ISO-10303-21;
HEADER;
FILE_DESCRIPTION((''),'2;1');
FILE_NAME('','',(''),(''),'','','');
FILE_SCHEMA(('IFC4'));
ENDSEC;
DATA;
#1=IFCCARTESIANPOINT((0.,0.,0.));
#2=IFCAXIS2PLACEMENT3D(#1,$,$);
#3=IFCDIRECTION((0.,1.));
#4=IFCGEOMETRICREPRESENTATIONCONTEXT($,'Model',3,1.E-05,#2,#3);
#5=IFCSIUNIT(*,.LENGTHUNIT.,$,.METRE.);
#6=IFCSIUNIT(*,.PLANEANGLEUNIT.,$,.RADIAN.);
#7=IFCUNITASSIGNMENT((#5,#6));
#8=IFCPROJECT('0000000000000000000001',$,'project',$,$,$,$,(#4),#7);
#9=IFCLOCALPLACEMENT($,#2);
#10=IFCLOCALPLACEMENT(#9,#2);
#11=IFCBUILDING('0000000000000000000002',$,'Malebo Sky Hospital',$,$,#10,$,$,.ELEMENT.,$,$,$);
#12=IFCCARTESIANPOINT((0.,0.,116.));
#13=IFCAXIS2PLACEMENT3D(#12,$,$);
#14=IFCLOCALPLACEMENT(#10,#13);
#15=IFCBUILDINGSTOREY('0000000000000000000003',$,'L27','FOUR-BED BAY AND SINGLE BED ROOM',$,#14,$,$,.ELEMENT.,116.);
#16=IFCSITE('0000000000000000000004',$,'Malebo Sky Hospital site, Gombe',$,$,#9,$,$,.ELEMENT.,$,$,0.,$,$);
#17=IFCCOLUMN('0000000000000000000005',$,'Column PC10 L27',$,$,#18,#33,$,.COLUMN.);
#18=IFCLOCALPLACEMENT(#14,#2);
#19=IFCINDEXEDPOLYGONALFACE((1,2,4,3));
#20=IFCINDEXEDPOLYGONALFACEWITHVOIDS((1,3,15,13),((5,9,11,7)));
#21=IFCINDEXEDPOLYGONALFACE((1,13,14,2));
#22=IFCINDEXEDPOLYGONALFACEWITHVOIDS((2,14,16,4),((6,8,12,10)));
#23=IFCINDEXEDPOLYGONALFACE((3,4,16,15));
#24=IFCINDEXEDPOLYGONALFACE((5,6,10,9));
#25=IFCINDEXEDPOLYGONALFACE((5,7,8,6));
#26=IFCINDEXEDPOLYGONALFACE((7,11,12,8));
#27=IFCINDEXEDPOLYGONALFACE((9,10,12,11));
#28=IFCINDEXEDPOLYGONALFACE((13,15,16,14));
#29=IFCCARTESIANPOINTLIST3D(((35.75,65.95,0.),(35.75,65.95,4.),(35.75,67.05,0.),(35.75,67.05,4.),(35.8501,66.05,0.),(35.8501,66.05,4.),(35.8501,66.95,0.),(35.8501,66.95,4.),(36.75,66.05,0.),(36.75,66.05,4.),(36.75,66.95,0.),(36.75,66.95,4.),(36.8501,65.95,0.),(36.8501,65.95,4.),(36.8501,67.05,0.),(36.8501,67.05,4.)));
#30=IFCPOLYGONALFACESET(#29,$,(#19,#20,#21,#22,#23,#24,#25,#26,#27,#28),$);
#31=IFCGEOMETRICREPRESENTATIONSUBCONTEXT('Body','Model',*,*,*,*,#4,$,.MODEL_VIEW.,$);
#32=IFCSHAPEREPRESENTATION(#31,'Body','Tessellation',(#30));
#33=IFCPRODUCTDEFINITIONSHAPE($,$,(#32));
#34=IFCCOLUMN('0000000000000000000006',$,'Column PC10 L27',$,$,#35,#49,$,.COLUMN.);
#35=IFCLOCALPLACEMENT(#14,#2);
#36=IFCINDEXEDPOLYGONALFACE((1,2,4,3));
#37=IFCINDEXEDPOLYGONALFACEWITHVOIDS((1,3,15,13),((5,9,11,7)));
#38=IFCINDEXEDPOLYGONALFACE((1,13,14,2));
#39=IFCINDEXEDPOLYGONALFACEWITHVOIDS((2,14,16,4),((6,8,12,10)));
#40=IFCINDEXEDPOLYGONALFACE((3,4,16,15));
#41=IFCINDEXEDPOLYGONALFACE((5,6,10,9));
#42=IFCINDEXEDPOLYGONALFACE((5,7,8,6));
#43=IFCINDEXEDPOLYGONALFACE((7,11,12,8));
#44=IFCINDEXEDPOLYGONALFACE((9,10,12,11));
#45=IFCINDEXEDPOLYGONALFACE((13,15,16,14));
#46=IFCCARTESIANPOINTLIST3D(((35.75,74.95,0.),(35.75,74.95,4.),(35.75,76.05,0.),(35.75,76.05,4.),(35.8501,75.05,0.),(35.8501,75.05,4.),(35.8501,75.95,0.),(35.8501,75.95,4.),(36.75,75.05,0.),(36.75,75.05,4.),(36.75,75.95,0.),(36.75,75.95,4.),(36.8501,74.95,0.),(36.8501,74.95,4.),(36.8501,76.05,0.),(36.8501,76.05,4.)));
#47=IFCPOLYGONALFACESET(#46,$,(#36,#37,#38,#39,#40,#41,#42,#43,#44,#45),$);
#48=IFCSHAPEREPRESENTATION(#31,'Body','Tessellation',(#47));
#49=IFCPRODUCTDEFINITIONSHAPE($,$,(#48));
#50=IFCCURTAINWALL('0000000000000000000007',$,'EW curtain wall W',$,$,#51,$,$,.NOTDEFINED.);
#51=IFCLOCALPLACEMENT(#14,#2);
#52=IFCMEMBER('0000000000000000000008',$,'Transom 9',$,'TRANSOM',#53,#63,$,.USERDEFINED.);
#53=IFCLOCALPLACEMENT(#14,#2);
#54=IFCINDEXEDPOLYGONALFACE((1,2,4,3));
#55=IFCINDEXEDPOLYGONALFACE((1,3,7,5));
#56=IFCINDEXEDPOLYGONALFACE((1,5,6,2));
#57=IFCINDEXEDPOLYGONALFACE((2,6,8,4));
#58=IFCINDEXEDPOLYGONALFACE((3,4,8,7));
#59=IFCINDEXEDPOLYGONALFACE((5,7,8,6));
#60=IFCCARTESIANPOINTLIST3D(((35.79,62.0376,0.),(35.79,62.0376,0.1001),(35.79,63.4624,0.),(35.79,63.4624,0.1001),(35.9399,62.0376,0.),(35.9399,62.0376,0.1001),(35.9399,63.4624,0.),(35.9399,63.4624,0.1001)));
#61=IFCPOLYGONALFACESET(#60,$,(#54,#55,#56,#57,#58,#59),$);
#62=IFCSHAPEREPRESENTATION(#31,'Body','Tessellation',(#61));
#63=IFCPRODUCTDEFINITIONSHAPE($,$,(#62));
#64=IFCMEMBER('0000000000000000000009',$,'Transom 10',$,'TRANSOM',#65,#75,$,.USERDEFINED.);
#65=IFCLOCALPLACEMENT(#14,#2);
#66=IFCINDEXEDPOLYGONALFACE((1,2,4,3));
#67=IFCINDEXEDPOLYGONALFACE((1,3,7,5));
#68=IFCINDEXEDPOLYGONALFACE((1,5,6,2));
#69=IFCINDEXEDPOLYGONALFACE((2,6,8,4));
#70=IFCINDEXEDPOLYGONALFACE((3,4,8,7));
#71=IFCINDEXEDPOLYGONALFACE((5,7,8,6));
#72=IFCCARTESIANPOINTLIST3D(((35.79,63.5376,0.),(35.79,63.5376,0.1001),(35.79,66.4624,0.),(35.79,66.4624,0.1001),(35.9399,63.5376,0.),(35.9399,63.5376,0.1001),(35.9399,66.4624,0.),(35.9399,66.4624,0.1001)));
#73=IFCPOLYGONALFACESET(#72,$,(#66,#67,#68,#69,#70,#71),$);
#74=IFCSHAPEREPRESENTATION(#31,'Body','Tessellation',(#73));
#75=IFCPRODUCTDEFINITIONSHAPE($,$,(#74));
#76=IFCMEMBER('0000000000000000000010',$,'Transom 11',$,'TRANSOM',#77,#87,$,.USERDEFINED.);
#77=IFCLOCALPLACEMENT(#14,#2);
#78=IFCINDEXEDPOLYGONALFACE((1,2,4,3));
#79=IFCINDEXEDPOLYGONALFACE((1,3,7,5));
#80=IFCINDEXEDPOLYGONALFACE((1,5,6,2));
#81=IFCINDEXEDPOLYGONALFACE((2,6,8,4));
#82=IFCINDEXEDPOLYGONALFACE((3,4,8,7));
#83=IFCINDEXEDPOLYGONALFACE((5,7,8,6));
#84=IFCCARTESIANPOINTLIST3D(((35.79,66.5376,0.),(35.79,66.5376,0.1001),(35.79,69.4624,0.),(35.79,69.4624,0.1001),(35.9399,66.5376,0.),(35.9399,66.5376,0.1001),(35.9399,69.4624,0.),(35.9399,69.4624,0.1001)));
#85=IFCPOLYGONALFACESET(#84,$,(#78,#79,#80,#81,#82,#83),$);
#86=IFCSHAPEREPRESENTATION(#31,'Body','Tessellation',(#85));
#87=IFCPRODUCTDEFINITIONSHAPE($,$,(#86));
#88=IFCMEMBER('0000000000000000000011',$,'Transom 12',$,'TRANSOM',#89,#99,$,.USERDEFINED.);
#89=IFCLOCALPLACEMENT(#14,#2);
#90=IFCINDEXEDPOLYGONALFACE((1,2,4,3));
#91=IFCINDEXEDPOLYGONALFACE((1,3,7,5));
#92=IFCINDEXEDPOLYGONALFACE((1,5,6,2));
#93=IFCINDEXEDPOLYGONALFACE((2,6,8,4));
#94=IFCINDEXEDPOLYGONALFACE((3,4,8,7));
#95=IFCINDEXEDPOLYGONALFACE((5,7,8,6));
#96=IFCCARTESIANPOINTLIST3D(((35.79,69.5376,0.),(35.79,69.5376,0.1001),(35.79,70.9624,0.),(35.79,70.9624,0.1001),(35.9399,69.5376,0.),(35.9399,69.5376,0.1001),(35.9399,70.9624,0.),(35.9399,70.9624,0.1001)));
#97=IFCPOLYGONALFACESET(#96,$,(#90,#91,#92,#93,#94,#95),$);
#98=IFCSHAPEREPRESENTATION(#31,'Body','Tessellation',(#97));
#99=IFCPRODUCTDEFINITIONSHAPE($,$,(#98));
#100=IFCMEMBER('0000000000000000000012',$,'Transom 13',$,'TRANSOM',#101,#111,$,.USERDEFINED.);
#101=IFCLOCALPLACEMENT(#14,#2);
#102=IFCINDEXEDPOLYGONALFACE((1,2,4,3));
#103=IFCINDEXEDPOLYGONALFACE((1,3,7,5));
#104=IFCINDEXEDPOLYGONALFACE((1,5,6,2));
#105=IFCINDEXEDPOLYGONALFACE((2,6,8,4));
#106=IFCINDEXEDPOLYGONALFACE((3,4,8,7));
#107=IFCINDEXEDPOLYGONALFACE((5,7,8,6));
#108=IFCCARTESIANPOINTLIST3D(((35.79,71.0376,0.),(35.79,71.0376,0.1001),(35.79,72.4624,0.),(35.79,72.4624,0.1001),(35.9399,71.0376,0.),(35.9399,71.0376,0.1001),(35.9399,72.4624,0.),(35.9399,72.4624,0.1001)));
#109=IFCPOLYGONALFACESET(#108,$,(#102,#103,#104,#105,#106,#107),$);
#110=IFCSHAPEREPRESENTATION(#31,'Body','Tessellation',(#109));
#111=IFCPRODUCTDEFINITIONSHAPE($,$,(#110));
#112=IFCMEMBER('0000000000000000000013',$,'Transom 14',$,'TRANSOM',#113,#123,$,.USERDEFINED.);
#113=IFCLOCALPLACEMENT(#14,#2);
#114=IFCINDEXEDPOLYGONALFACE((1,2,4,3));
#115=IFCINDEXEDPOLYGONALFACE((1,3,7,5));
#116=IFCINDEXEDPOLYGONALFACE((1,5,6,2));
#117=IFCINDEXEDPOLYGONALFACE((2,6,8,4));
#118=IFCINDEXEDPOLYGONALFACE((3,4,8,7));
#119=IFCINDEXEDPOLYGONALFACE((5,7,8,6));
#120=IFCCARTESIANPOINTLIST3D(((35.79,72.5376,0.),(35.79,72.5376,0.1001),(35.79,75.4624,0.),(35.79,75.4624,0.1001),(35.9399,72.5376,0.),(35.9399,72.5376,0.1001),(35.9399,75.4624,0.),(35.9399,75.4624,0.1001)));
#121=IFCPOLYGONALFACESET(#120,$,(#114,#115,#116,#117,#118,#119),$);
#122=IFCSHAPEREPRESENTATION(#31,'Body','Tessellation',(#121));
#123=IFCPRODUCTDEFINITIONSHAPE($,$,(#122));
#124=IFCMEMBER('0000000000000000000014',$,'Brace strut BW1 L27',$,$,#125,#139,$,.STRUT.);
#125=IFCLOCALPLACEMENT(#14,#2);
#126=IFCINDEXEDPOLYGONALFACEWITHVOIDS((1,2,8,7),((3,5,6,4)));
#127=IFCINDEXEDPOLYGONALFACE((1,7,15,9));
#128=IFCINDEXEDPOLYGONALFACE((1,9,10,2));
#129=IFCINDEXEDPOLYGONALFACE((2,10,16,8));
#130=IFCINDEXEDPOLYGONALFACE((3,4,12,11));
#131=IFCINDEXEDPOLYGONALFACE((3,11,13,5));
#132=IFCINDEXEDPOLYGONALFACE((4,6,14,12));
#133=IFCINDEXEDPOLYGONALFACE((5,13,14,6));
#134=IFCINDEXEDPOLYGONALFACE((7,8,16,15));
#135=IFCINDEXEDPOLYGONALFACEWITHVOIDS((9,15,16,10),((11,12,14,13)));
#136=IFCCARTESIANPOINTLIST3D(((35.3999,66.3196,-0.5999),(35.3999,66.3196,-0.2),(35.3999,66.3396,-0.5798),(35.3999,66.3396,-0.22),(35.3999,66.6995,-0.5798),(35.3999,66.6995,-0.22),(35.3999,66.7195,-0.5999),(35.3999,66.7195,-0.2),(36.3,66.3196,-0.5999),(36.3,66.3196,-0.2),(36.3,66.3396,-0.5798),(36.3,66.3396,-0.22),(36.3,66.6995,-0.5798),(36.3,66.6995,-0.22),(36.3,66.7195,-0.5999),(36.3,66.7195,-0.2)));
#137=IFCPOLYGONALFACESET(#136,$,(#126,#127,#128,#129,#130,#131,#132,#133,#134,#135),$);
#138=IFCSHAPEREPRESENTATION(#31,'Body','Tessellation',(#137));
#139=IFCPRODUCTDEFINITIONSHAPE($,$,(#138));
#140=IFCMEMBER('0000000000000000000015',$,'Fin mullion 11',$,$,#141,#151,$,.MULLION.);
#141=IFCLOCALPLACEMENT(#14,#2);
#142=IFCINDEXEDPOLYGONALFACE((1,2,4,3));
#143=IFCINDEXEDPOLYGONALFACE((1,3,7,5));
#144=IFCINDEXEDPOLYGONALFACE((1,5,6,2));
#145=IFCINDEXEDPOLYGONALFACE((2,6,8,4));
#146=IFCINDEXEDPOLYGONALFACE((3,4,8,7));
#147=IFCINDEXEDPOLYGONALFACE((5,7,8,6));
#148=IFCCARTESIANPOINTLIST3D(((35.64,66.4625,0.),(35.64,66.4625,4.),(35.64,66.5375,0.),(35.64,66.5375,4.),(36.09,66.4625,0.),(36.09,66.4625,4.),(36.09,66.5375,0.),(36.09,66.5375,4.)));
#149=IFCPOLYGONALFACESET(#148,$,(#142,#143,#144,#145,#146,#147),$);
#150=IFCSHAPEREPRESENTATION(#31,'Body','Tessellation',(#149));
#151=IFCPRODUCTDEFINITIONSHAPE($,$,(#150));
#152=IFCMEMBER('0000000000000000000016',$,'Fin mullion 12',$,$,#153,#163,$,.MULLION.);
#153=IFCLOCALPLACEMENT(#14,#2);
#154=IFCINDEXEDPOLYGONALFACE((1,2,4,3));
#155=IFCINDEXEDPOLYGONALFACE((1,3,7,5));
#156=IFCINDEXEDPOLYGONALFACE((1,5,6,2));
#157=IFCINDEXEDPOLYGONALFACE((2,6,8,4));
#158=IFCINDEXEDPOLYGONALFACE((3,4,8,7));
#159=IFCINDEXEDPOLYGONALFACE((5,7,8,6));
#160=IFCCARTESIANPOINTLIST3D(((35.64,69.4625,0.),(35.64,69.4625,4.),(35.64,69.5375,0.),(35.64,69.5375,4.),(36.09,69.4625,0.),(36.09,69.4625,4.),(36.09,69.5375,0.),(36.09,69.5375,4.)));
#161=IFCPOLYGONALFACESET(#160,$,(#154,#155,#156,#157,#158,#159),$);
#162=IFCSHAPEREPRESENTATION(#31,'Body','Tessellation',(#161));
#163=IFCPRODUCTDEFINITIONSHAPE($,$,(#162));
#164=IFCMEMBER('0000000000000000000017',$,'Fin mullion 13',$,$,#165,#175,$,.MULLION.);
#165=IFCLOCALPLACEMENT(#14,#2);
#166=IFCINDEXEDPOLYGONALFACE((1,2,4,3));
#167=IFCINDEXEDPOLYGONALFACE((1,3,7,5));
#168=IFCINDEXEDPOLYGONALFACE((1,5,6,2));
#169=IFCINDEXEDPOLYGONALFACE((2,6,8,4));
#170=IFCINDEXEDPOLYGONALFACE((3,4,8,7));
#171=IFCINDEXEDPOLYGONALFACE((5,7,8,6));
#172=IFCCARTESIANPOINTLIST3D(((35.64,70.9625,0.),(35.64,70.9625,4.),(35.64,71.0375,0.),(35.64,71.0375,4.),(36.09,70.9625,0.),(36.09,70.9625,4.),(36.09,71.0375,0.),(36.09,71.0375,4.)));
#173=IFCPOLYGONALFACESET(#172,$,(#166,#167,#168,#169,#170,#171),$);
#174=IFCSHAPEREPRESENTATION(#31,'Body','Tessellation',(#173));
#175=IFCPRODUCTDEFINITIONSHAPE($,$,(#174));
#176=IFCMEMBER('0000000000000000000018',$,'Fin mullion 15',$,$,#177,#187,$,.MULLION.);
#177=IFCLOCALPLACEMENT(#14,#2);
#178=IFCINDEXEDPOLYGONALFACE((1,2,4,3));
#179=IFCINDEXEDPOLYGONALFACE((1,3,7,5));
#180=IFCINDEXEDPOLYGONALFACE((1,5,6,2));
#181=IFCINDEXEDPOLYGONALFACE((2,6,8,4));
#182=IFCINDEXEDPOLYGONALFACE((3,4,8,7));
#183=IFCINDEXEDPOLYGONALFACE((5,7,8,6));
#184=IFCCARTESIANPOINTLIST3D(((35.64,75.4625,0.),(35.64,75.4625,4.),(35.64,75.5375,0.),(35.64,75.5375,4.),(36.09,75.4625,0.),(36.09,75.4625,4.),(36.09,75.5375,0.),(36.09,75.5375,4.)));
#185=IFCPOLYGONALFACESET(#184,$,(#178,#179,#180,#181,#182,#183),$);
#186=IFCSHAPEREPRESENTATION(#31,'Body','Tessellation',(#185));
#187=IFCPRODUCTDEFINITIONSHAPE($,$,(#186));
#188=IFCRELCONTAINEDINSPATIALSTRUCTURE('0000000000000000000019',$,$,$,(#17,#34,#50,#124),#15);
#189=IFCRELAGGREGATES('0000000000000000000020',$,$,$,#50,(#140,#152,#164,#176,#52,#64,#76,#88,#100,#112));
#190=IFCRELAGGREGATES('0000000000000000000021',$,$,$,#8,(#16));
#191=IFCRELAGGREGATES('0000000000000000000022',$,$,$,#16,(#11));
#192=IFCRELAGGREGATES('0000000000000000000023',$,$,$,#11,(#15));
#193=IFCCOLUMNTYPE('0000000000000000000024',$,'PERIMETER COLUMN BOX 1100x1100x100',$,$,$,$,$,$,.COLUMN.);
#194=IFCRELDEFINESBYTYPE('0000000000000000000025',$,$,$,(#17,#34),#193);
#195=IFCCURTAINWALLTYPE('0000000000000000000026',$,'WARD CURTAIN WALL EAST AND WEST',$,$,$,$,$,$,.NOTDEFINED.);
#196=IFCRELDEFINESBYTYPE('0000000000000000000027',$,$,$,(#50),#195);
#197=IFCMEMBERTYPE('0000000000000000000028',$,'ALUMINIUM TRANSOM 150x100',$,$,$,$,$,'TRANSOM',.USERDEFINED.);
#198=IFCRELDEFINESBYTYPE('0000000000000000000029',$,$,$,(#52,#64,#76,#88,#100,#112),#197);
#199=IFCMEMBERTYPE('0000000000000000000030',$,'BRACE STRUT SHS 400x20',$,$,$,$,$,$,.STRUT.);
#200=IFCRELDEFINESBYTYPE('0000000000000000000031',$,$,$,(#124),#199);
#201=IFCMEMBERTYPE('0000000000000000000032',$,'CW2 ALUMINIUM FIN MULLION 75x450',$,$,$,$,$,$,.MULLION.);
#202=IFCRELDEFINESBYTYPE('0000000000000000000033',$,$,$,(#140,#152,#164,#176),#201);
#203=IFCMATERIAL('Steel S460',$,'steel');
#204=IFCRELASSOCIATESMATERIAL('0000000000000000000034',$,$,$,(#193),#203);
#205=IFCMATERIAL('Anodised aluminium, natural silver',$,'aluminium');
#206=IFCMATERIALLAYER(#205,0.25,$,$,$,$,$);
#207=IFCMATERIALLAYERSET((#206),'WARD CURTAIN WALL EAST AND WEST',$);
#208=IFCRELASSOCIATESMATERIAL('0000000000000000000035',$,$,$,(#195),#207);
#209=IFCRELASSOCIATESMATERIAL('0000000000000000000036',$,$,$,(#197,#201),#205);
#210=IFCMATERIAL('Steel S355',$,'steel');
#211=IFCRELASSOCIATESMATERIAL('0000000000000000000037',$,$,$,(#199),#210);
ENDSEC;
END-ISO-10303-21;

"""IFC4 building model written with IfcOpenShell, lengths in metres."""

from ifc_helpers import new_model, si_unit, direction, frame, origin, origin_2d, place, context, subcontext, project, spatial, rectangle, hollow_rectangle, extrude, material, layer, layer_set, material_profile, profile_set, type_object, element, aggregate, save


model = new_model("IFC4")

# Units and contexts
model_context = context("Model", 3, precision=1e-05, world=origin(), true_north=direction((0.0, 1.0)))
body_context = subcontext(model_context, "Body", "Model", "MODEL_VIEW")
ifc_project = project(units=[si_unit("LENGTHUNIT", "METRE"), si_unit("PLANEANGLEUNIT", "RADIAN")], contexts=[model_context])

# Site, building, storey
site_placement = place(None, origin())
site = spatial("IfcSite", under=ifc_project, at=site_placement, Name="Malebo Sky Hospital site, Gombe", CompositionType="ELEMENT", RefElevation=0.0)
building_placement = place(site_placement, origin())
building = spatial("IfcBuilding", under=site, at=building_placement, Name="Malebo Sky Hospital", CompositionType="ELEMENT")
storey_placement = place(building_placement, frame((0.0, 0.0, 116.0)))
storey = spatial("IfcBuildingStorey", under=building, at=storey_placement, Name="L27", Description="FOUR-BED BAY AND SINGLE BED ROOM", CompositionType="ELEMENT", Elevation=116.0)

# Columns
ifc_material_1 = material(Name="Steel S460", Category="steel")
ifc_material_profile_1 = material_profile(ifc_material_1, hollow_rectangle(XDim=1.1001, YDim=1.1001, WallThickness=0.1001, at=origin_2d()), Name="BOX 1100x1100x100")
ifc_profile_set_1 = profile_set([ifc_material_profile_1], Name="Steel S460")
column_type = type_object("IfcColumnType", Name="PERIMETER COLUMN BOX 1100x1100x100", PredefinedType="COLUMN", material=ifc_profile_set_1)
for number, where, z_axis, x_axis, name in (
    (1, (36.3, 66.5, 0.0), (0.0, 0.0, 1.0), (1.0, 0.0, 0.0), "Column PC10 L27"),
    (2, (36.3, 75.5, 0.0), (0.0, 0.0, 1.0), (1.0, 0.0, 0.0), "Column PC10 L27"),
):
    element("IfcColumn", number, at=place(storey_placement, frame(where, z_axis=z_axis, x_axis=x_axis)), inside=storey, type_object=column_type, Name=name, PredefinedType="COLUMN", context=body_context, shape_type="SweptSolid", body=[
        extrude(hollow_rectangle(XDim=1.1001, YDim=1.1001, WallThickness=0.1001, at=origin_2d()), origin(), (0.0, 0.0, 1.0), 4.0),
    ])

# Curtain wall, members
ifc_material_2 = material(Name="Anodised aluminium, natural silver", Category="aluminium")
ifc_layer_1 = layer(ifc_material_2, 0.25)
ifc_layer_set_1 = layer_set([ifc_layer_1], Name="WARD CURTAIN WALL EAST AND WEST")
curtain_wall_type = type_object("IfcCurtainWallType", Name="WARD CURTAIN WALL EAST AND WEST", PredefinedType="NOTDEFINED", material=ifc_layer_set_1)
curtain_wall_placement = place(storey_placement, origin())
curtain_wall = element("IfcCurtainWall", 3, at=curtain_wall_placement, inside=storey, type_object=curtain_wall_type, Name="EW curtain wall W", PredefinedType="NOTDEFINED")
ifc_material_profile_2 = material_profile(ifc_material_2, rectangle(XDim=0.1499, YDim=0.1001, at=origin_2d()), Name="ALUMINIUM TRANSOM 150x100")
ifc_profile_set_2 = profile_set([ifc_material_profile_2], Name="Anodised aluminium, natural silver")
member_type_1 = type_object("IfcMemberType", Name="ALUMINIUM TRANSOM 150x100", ElementType="TRANSOM", PredefinedType="USERDEFINED", material=ifc_profile_set_2)
member_1_placement = place(storey_placement, frame((35.865, 62.0376, 0.05), z_axis=(0.0, 1.0, 0.0), x_axis=(-1.0, 0.0, 0.0)))
member_1 = element("IfcMember", 4, at=member_1_placement, type_object=member_type_1, Name="Transom 9", ObjectType="TRANSOM", PredefinedType="USERDEFINED", context=body_context, shape_type="SweptSolid", body=[
    extrude(rectangle(XDim=0.1499, YDim=0.1001, at=origin_2d()), origin(), (0.0, 0.0, 1.0), 1.4248),
])
member_2_placement = place(storey_placement, frame((35.865, 63.5376, 0.05), z_axis=(0.0, 1.0, 0.0), x_axis=(-1.0, 0.0, 0.0)))
member_2 = element("IfcMember", 5, at=member_2_placement, type_object=member_type_1, Name="Transom 10", ObjectType="TRANSOM", PredefinedType="USERDEFINED", context=body_context, shape_type="SweptSolid", body=[
    extrude(rectangle(XDim=0.1499, YDim=0.1001, at=origin_2d()), origin(), (0.0, 0.0, 1.0), 2.9248),
])
member_3_placement = place(storey_placement, frame((35.865, 66.5376, 0.05), z_axis=(0.0, 1.0, 0.0), x_axis=(-1.0, 0.0, 0.0)))
member_3 = element("IfcMember", 6, at=member_3_placement, type_object=member_type_1, Name="Transom 11", ObjectType="TRANSOM", PredefinedType="USERDEFINED", context=body_context, shape_type="SweptSolid", body=[
    extrude(rectangle(XDim=0.1499, YDim=0.1001, at=origin_2d()), origin(), (0.0, 0.0, 1.0), 2.9248),
])
member_4_placement = place(storey_placement, frame((35.865, 69.5376, 0.05), z_axis=(0.0, 1.0, 0.0), x_axis=(-1.0, 0.0, 0.0)))
member_4 = element("IfcMember", 7, at=member_4_placement, type_object=member_type_1, Name="Transom 12", ObjectType="TRANSOM", PredefinedType="USERDEFINED", context=body_context, shape_type="SweptSolid", body=[
    extrude(rectangle(XDim=0.1499, YDim=0.1001, at=origin_2d()), origin(), (0.0, 0.0, 1.0), 1.4248),
])
member_5_placement = place(storey_placement, frame((35.865, 71.0376, 0.05), z_axis=(0.0, 1.0, 0.0), x_axis=(-1.0, 0.0, 0.0)))
member_5 = element("IfcMember", 8, at=member_5_placement, type_object=member_type_1, Name="Transom 13", ObjectType="TRANSOM", PredefinedType="USERDEFINED", context=body_context, shape_type="SweptSolid", body=[
    extrude(rectangle(XDim=0.1499, YDim=0.1001, at=origin_2d()), origin(), (0.0, 0.0, 1.0), 1.4248),
])
member_6_placement = place(storey_placement, frame((35.865, 72.5376, 0.05), z_axis=(0.0, 1.0, 0.0), x_axis=(-1.0, 0.0, 0.0)))
member_6 = element("IfcMember", 9, at=member_6_placement, type_object=member_type_1, Name="Transom 14", ObjectType="TRANSOM", PredefinedType="USERDEFINED", context=body_context, shape_type="SweptSolid", body=[
    extrude(rectangle(XDim=0.1499, YDim=0.1001, at=origin_2d()), origin(), (0.0, 0.0, 1.0), 2.9248),
])

# Members
ifc_material_3 = material(Name="Steel S355", Category="steel")
ifc_material_profile_3 = material_profile(ifc_material_3, hollow_rectangle(XDim=0.3999, YDim=0.3999, WallThickness=0.02, at=origin_2d()), Name="SHS 400x20")
ifc_profile_set_3 = profile_set([ifc_material_profile_3], Name="Steel S355")
member_type_2 = type_object("IfcMemberType", Name="BRACE STRUT SHS 400x20", PredefinedType="STRUT", material=ifc_profile_set_3)
member_7_placement = place(storey_placement, frame((35.3999, 66.5195, -0.3999), z_axis=(1.0, 0.0, 0.0), x_axis=(0.0, 1.0, 0.0)))
element("IfcMember", 10, at=member_7_placement, inside=storey, type_object=member_type_2, Name="Brace strut BW1 L27", PredefinedType="STRUT", context=body_context, shape_type="SweptSolid", body=[
    extrude(hollow_rectangle(XDim=0.3999, YDim=0.3999, WallThickness=0.02, at=origin_2d()), origin(), (0.0, 0.0, 1.0), 0.9001),
])
ifc_material_profile_4 = material_profile(ifc_material_2, rectangle(XDim=0.075, YDim=0.45, at=origin_2d()), Name="CW2 ALUMINIUM FIN MULLION 75x450")
ifc_profile_set_4 = profile_set([ifc_material_profile_4], Name="Anodised aluminium, natural silver")
member_type_3 = type_object("IfcMemberType", Name="CW2 ALUMINIUM FIN MULLION 75x450", PredefinedType="MULLION", material=ifc_profile_set_4)
member_8_placement = place(storey_placement, frame((35.865, 66.5, 0.0), z_axis=(0.0, 0.0, 1.0), x_axis=(0.0, 1.0, 0.0)))
member_8 = element("IfcMember", 11, at=member_8_placement, type_object=member_type_3, Name="Fin mullion 11", PredefinedType="MULLION", context=body_context, shape_type="SweptSolid", body=[
    extrude(rectangle(XDim=0.075, YDim=0.45, at=origin_2d()), origin(), (0.0, 0.0, 1.0), 4.0),
])
member_9_placement = place(storey_placement, frame((35.865, 69.5, 0.0), z_axis=(0.0, 0.0, 1.0), x_axis=(0.0, 1.0, 0.0)))
member_9 = element("IfcMember", 12, at=member_9_placement, type_object=member_type_3, Name="Fin mullion 12", PredefinedType="MULLION", context=body_context, shape_type="SweptSolid", body=[
    extrude(rectangle(XDim=0.075, YDim=0.45, at=origin_2d()), origin(), (0.0, 0.0, 1.0), 4.0),
])
member_10_placement = place(storey_placement, frame((35.865, 71.0, 0.0), z_axis=(0.0, 0.0, 1.0), x_axis=(0.0, 1.0, 0.0)))
member_10 = element("IfcMember", 13, at=member_10_placement, type_object=member_type_3, Name="Fin mullion 13", PredefinedType="MULLION", context=body_context, shape_type="SweptSolid", body=[
    extrude(rectangle(XDim=0.075, YDim=0.45, at=origin_2d()), origin(), (0.0, 0.0, 1.0), 4.0),
])
member_11_placement = place(storey_placement, frame((35.865, 75.5, 0.0), z_axis=(0.0, 0.0, 1.0), x_axis=(0.0, 1.0, 0.0)))
member_11 = element("IfcMember", 14, at=member_11_placement, type_object=member_type_3, Name="Fin mullion 15", PredefinedType="MULLION", context=body_context, shape_type="SweptSolid", body=[
    extrude(rectangle(XDim=0.075, YDim=0.45, at=origin_2d()), origin(), (0.0, 0.0, 1.0), 4.0),
])

aggregate(curtain_wall, [member_8, member_9, member_10, member_11, member_1, member_2, member_3, member_4, member_5, member_6])

save(model, "model.ifc")
